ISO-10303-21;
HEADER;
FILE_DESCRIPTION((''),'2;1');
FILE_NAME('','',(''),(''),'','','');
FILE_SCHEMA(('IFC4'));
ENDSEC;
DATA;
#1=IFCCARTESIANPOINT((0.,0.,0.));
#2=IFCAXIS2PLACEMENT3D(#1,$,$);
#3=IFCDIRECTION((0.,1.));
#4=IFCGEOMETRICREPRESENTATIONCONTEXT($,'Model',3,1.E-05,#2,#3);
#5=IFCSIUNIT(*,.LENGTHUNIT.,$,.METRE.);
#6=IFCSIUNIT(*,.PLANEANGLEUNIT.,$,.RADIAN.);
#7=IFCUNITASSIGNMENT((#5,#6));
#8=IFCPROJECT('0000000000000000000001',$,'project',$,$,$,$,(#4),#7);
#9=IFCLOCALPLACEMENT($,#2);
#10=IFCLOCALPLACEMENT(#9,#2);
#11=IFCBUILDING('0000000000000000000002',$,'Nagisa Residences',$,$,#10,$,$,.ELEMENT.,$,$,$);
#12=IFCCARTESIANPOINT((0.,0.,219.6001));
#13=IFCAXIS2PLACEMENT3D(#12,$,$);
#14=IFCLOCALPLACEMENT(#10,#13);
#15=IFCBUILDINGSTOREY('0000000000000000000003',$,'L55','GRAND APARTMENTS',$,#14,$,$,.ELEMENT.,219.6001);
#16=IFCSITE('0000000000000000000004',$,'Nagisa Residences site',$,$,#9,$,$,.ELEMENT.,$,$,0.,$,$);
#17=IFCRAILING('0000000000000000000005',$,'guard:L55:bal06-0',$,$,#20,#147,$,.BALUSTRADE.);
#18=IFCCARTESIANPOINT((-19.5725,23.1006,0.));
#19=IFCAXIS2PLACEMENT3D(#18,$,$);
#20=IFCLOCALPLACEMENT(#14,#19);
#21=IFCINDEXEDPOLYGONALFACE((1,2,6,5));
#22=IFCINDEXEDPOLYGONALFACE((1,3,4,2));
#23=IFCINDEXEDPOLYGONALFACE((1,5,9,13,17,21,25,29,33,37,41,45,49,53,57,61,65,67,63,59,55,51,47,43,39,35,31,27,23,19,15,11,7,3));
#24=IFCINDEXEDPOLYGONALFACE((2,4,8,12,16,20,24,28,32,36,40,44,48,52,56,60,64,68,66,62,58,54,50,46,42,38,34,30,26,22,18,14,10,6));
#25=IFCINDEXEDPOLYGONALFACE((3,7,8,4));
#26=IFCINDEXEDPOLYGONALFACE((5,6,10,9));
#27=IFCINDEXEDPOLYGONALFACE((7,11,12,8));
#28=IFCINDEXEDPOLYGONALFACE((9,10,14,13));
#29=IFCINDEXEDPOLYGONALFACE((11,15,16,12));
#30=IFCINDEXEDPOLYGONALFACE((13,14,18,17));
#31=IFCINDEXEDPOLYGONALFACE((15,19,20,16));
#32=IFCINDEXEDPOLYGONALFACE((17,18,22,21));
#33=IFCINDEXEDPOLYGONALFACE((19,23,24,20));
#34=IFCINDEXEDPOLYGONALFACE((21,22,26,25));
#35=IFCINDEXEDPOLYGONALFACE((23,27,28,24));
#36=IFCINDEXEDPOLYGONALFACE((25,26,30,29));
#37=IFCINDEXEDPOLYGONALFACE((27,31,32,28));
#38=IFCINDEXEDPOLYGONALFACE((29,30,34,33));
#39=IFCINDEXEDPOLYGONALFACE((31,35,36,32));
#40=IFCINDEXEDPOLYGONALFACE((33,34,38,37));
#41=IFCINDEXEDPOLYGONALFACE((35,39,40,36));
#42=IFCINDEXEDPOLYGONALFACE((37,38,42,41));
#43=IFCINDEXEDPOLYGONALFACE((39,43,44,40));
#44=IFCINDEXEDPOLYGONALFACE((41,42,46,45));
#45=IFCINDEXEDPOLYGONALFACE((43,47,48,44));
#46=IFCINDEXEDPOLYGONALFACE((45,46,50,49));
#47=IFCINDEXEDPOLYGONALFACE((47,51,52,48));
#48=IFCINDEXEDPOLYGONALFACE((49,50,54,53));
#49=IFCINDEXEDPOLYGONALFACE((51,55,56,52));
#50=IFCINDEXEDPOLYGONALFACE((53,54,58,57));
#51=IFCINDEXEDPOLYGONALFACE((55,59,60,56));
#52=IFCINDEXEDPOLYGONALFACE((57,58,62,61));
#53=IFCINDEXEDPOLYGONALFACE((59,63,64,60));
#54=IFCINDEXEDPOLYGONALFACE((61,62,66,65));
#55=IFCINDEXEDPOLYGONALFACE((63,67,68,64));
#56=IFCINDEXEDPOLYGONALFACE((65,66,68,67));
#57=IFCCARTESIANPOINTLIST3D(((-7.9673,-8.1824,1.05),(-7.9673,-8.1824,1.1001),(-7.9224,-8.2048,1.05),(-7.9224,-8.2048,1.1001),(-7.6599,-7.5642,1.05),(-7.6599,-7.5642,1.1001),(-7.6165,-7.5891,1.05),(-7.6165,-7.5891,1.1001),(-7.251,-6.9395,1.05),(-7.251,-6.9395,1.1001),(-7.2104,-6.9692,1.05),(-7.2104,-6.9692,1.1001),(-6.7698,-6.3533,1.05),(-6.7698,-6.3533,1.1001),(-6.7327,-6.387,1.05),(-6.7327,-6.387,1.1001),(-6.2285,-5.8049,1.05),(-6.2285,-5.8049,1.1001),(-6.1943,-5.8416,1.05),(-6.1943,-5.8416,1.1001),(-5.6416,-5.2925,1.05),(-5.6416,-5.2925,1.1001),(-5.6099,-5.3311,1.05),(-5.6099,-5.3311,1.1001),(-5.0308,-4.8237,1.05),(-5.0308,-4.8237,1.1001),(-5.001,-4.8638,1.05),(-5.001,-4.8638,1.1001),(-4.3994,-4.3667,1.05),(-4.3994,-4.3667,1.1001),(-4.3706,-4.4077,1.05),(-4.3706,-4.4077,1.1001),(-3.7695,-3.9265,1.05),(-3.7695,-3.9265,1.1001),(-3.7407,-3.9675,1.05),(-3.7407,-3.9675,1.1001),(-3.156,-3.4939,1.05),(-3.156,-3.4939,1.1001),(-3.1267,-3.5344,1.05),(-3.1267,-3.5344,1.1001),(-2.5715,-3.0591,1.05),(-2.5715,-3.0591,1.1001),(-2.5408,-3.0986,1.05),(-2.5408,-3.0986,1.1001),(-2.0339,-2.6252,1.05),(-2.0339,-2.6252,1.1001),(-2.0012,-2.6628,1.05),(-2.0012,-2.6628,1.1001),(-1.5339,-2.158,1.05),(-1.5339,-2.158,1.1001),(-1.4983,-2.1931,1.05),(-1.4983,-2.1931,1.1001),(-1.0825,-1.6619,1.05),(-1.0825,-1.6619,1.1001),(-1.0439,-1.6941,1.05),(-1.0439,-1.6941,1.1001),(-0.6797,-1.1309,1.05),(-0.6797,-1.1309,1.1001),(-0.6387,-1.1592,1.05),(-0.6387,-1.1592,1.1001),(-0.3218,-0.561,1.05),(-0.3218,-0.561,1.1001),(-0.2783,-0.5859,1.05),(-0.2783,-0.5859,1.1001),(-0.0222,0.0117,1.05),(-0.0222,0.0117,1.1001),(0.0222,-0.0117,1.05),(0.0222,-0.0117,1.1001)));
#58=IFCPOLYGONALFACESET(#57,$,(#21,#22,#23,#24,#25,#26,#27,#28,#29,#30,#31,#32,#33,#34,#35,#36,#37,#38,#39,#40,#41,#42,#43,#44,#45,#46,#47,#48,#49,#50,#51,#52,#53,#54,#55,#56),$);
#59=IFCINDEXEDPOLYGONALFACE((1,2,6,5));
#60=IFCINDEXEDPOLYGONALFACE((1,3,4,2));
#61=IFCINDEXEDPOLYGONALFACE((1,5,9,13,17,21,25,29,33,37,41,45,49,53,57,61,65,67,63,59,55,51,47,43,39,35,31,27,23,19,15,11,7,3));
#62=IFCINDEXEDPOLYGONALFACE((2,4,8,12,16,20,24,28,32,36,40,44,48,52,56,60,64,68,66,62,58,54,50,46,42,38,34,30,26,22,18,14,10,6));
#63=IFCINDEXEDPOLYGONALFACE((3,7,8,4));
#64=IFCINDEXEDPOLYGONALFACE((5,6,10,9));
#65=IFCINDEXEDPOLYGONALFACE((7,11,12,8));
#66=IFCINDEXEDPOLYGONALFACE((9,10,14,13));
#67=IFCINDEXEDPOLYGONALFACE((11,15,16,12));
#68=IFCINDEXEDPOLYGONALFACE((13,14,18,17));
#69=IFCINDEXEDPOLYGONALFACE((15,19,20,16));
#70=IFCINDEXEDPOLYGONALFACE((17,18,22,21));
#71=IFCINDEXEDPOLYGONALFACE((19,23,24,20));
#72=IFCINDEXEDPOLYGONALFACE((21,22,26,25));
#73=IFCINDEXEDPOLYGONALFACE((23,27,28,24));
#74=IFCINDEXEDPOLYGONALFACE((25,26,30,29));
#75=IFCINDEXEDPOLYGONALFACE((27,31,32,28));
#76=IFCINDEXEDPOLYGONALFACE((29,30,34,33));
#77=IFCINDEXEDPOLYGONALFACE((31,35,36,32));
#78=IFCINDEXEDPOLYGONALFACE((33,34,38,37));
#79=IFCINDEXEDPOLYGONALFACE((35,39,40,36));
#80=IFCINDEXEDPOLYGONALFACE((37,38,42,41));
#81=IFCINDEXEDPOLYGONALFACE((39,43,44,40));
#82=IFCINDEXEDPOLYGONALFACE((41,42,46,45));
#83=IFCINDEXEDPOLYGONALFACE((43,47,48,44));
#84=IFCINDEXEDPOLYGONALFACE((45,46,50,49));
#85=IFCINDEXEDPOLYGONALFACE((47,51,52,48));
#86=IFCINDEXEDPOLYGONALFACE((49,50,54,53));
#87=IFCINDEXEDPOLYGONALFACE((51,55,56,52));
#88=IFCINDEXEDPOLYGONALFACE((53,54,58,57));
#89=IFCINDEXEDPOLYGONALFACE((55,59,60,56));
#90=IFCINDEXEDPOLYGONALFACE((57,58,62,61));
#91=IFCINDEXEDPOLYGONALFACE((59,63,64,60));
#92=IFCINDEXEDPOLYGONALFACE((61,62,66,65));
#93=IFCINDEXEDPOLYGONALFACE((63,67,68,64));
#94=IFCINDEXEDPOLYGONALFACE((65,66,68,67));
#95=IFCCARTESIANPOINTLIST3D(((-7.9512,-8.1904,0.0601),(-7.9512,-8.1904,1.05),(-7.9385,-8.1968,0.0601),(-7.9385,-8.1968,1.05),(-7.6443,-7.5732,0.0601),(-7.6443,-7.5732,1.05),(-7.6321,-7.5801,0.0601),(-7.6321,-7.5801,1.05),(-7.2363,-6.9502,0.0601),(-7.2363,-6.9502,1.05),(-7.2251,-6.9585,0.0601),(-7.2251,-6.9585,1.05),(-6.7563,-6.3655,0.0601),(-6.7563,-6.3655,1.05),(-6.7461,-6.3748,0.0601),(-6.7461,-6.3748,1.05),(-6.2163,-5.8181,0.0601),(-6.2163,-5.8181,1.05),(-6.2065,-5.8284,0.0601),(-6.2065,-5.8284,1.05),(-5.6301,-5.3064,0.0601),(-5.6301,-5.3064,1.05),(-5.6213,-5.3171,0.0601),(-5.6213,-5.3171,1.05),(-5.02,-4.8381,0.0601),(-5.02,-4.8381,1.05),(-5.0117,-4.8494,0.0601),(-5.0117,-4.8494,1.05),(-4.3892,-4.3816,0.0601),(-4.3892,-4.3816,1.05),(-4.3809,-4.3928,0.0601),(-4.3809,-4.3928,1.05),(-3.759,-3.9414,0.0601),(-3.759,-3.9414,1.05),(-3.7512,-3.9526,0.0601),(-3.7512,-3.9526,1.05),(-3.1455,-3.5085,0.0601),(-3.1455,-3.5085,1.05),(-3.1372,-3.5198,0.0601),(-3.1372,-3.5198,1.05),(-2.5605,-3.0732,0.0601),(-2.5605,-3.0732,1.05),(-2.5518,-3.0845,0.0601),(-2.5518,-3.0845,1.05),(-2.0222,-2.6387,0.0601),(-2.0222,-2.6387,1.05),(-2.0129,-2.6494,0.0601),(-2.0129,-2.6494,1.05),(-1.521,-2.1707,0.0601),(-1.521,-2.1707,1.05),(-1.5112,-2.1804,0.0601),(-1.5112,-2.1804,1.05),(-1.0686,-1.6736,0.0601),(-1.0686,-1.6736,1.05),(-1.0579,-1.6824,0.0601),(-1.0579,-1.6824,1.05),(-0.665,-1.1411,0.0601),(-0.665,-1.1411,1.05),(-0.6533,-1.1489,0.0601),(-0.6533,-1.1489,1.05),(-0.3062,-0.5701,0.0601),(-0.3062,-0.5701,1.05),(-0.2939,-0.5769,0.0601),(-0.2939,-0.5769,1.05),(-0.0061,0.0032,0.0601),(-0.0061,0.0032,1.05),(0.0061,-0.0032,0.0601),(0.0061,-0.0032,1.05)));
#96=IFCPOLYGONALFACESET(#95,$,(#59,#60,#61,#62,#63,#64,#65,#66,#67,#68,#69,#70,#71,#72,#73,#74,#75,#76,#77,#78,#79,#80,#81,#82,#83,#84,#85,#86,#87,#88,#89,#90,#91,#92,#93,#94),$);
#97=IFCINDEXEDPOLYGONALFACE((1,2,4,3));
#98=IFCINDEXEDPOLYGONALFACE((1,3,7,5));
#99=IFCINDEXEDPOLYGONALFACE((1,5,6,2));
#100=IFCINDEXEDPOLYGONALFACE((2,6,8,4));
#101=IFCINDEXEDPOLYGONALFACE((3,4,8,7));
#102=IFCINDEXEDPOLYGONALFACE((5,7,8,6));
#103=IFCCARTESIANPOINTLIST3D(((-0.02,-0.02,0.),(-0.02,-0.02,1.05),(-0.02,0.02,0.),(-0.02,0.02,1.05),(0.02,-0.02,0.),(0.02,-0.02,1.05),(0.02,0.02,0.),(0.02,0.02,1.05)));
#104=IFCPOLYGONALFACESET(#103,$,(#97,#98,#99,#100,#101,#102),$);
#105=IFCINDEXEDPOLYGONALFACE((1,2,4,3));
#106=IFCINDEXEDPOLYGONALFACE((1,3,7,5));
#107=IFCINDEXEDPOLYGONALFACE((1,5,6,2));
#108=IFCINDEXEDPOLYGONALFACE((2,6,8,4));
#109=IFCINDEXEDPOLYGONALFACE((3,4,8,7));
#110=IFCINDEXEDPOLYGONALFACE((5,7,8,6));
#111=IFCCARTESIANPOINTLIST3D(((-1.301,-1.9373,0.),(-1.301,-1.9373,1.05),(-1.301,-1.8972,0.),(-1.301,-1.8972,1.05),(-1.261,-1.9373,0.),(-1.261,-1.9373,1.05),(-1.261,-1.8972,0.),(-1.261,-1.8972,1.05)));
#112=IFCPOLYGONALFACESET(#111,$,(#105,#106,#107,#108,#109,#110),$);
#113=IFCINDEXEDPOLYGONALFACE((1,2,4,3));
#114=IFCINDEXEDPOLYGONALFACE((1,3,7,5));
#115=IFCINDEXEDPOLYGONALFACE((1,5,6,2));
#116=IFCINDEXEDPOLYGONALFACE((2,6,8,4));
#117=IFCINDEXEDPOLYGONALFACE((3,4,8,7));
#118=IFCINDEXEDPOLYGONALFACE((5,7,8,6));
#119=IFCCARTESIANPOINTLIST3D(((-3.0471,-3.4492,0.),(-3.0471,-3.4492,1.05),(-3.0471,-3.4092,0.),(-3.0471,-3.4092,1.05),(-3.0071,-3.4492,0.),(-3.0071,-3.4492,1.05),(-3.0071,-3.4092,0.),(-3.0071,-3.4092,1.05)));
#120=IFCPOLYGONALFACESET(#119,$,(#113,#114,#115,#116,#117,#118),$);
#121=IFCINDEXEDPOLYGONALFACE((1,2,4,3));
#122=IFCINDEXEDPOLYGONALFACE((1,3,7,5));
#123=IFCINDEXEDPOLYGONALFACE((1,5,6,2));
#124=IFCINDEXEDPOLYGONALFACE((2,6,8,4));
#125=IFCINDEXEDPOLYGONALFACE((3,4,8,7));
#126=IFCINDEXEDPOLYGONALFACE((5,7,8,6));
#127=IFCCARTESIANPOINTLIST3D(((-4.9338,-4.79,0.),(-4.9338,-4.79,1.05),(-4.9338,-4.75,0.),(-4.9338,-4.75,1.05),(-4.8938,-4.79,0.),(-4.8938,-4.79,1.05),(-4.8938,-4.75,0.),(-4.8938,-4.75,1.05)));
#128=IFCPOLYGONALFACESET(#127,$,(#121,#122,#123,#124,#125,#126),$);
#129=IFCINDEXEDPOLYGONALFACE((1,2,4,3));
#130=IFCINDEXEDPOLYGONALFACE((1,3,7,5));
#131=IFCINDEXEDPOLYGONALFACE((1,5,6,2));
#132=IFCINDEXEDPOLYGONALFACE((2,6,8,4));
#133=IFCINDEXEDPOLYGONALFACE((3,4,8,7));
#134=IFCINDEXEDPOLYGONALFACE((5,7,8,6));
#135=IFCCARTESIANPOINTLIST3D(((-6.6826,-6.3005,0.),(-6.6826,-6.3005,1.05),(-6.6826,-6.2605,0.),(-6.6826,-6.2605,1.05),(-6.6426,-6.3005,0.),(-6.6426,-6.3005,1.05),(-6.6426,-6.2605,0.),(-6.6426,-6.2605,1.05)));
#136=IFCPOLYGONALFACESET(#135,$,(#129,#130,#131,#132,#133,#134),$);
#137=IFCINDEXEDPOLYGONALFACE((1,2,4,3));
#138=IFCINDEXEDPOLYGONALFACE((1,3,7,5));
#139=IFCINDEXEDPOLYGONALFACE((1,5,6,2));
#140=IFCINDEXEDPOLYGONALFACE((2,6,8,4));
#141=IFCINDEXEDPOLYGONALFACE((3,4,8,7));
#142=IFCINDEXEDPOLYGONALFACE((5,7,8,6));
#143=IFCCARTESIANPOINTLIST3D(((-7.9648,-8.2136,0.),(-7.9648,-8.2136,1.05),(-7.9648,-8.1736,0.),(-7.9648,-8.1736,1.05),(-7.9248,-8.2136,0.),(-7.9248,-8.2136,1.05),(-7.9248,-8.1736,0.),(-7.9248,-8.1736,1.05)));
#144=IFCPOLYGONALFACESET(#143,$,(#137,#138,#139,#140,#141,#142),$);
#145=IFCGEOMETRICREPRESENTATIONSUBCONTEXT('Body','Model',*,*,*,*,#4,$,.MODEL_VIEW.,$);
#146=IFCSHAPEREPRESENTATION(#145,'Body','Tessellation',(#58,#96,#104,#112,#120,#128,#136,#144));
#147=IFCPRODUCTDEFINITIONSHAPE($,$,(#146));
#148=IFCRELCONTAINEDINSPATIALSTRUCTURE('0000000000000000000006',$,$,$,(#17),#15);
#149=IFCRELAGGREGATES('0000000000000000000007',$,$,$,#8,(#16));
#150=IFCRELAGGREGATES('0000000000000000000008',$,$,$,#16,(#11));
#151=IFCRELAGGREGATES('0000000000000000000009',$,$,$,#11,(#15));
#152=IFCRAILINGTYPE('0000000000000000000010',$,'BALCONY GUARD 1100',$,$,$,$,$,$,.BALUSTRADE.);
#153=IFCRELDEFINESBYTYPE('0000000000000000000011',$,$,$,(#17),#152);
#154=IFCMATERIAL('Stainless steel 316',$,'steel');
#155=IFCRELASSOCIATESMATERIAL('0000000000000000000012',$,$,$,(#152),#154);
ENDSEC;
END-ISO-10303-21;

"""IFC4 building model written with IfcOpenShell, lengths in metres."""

from ifc_helpers import new_model, si_unit, direction, frame, origin, origin_2d, place, context, subcontext, project, spatial, polyline, rectangle, outline, extrude, material, type_object, element, save


model = new_model("IFC4")

# Units and contexts
model_context = context("Model", 3, precision=1e-05, world=origin(), true_north=direction((0.0, 1.0)))
body_context = subcontext(model_context, "Body", "Model", "MODEL_VIEW")
ifc_project = project(units=[si_unit("LENGTHUNIT", "METRE"), si_unit("PLANEANGLEUNIT", "RADIAN")], contexts=[model_context])

# Site, building, storey
site_placement = place(None, origin())
site = spatial("IfcSite", under=ifc_project, at=site_placement, Name="Nagisa Residences site", CompositionType="ELEMENT", RefElevation=0.0)
building_placement = place(site_placement, origin())
building = spatial("IfcBuilding", under=site, at=building_placement, Name="Nagisa Residences", CompositionType="ELEMENT")
storey_placement = place(building_placement, frame((0.0, 0.0, 219.6001)))
storey = spatial("IfcBuildingStorey", under=building, at=storey_placement, Name="L55", Description="GRAND APARTMENTS", CompositionType="ELEMENT", Elevation=219.6001)

# Railing
ifc_material_1 = material(Name="Stainless steel 316", Category="steel")
railing_type = type_object("IfcRailingType", Name="BALCONY GUARD 1100", PredefinedType="BALUSTRADE", material=ifc_material_1)
railing_1_placement = place(storey_placement, frame((-19.5725, 23.1006, 0.0)))
element("IfcRailing", 1, at=railing_1_placement, inside=storey, type_object=railing_type, Name="guard:L55:bal06-0", PredefinedType="BALUSTRADE", context=body_context, shape_type="SweptSolid", body=[
    extrude(outline(polyline([(-0.2783, -0.5859), (0.0222, -0.0117), (-0.0222, 0.0117), (-0.3218, -0.561), (-0.6797, -1.1309), (-1.0825, -1.6619), (-1.5339, -2.158), (-2.0339, -2.6252), (-2.5715, -3.0591), (-3.156, -3.4939), (-3.7695, -3.9265), (-4.3994, -4.3667), (-5.0308, -4.8237), (-5.6416, -5.2925), (-6.2285, -5.8049), (-6.7698, -6.3533), (-7.251, -6.9395), (-7.6599, -7.5642), (-7.9673, -8.1824), (-7.9224, -8.2048), (-7.6165, -7.5891), (-7.2104, -6.9692), (-6.7327, -6.387), (-6.1943, -5.8416), (-5.6099, -5.3311), (-5.001, -4.8638), (-4.3706, -4.4077), (-3.7407, -3.9675), (-3.1267, -3.5344), (-2.5408, -3.0986), (-2.0012, -2.6628), (-1.4983, -2.1931), (-1.0439, -1.6941), (-0.6387, -1.1592), (-0.2783, -0.5859)])), frame((0.0, 0.0, 1.05)), (0.0, 0.0, 1.0), 0.05),
    extrude(outline(polyline([(-0.2939, -0.5769), (0.0061, -0.0032), (-0.0061, 0.0032), (-0.3062, -0.5701), (-0.665, -1.1411), (-1.0686, -1.6736), (-1.521, -2.1707), (-2.0222, -2.6387), (-2.5605, -3.0732), (-3.1455, -3.5085), (-3.759, -3.9414), (-4.3892, -4.3816), (-5.02, -4.8381), (-5.6301, -5.3064), (-6.2163, -5.8181), (-6.7563, -6.3655), (-7.2363, -6.9502), (-7.6443, -7.5732), (-7.9512, -8.1904), (-7.9385, -8.1968), (-7.6321, -7.5801), (-7.2251, -6.9585), (-6.7461, -6.3748), (-6.2065, -5.8284), (-5.6213, -5.3171), (-5.0117, -4.8494), (-4.3809, -4.3928), (-3.7512, -3.9526), (-3.1372, -3.5198), (-2.5518, -3.0845), (-2.0129, -2.6494), (-1.5112, -2.1804), (-1.0579, -1.6824), (-0.6533, -1.1489), (-0.2939, -0.5769)])), frame((0.0, 0.0, 0.0601)), (0.0, 0.0, 1.0), 0.99),
    extrude(rectangle(XDim=0.04, YDim=0.04, at=origin_2d()), origin(), (0.0, 0.0, 1.0), 1.05),
    extrude(rectangle(XDim=0.04, YDim=0.04, at=origin_2d()), frame((-1.281, -1.9172, 0.0)), (0.0, 0.0, 1.0), 1.05),
    extrude(rectangle(XDim=0.04, YDim=0.04, at=origin_2d()), frame((-3.0271, -3.4292, 0.0)), (0.0, 0.0, 1.0), 1.05),
    extrude(rectangle(XDim=0.04, YDim=0.04, at=origin_2d()), frame((-4.9138, -4.77, 0.0)), (0.0, 0.0, 1.0), 1.05),
    extrude(rectangle(XDim=0.04, YDim=0.04, at=origin_2d()), frame((-6.6626, -6.2805, 0.0)), (0.0, 0.0, 1.0), 1.05),
    extrude(rectangle(XDim=0.04, YDim=0.04, at=origin_2d()), frame((-7.9448, -8.1936, 0.0)), (0.0, 0.0, 1.0), 1.05),
])

save(model, "model.ifc")
